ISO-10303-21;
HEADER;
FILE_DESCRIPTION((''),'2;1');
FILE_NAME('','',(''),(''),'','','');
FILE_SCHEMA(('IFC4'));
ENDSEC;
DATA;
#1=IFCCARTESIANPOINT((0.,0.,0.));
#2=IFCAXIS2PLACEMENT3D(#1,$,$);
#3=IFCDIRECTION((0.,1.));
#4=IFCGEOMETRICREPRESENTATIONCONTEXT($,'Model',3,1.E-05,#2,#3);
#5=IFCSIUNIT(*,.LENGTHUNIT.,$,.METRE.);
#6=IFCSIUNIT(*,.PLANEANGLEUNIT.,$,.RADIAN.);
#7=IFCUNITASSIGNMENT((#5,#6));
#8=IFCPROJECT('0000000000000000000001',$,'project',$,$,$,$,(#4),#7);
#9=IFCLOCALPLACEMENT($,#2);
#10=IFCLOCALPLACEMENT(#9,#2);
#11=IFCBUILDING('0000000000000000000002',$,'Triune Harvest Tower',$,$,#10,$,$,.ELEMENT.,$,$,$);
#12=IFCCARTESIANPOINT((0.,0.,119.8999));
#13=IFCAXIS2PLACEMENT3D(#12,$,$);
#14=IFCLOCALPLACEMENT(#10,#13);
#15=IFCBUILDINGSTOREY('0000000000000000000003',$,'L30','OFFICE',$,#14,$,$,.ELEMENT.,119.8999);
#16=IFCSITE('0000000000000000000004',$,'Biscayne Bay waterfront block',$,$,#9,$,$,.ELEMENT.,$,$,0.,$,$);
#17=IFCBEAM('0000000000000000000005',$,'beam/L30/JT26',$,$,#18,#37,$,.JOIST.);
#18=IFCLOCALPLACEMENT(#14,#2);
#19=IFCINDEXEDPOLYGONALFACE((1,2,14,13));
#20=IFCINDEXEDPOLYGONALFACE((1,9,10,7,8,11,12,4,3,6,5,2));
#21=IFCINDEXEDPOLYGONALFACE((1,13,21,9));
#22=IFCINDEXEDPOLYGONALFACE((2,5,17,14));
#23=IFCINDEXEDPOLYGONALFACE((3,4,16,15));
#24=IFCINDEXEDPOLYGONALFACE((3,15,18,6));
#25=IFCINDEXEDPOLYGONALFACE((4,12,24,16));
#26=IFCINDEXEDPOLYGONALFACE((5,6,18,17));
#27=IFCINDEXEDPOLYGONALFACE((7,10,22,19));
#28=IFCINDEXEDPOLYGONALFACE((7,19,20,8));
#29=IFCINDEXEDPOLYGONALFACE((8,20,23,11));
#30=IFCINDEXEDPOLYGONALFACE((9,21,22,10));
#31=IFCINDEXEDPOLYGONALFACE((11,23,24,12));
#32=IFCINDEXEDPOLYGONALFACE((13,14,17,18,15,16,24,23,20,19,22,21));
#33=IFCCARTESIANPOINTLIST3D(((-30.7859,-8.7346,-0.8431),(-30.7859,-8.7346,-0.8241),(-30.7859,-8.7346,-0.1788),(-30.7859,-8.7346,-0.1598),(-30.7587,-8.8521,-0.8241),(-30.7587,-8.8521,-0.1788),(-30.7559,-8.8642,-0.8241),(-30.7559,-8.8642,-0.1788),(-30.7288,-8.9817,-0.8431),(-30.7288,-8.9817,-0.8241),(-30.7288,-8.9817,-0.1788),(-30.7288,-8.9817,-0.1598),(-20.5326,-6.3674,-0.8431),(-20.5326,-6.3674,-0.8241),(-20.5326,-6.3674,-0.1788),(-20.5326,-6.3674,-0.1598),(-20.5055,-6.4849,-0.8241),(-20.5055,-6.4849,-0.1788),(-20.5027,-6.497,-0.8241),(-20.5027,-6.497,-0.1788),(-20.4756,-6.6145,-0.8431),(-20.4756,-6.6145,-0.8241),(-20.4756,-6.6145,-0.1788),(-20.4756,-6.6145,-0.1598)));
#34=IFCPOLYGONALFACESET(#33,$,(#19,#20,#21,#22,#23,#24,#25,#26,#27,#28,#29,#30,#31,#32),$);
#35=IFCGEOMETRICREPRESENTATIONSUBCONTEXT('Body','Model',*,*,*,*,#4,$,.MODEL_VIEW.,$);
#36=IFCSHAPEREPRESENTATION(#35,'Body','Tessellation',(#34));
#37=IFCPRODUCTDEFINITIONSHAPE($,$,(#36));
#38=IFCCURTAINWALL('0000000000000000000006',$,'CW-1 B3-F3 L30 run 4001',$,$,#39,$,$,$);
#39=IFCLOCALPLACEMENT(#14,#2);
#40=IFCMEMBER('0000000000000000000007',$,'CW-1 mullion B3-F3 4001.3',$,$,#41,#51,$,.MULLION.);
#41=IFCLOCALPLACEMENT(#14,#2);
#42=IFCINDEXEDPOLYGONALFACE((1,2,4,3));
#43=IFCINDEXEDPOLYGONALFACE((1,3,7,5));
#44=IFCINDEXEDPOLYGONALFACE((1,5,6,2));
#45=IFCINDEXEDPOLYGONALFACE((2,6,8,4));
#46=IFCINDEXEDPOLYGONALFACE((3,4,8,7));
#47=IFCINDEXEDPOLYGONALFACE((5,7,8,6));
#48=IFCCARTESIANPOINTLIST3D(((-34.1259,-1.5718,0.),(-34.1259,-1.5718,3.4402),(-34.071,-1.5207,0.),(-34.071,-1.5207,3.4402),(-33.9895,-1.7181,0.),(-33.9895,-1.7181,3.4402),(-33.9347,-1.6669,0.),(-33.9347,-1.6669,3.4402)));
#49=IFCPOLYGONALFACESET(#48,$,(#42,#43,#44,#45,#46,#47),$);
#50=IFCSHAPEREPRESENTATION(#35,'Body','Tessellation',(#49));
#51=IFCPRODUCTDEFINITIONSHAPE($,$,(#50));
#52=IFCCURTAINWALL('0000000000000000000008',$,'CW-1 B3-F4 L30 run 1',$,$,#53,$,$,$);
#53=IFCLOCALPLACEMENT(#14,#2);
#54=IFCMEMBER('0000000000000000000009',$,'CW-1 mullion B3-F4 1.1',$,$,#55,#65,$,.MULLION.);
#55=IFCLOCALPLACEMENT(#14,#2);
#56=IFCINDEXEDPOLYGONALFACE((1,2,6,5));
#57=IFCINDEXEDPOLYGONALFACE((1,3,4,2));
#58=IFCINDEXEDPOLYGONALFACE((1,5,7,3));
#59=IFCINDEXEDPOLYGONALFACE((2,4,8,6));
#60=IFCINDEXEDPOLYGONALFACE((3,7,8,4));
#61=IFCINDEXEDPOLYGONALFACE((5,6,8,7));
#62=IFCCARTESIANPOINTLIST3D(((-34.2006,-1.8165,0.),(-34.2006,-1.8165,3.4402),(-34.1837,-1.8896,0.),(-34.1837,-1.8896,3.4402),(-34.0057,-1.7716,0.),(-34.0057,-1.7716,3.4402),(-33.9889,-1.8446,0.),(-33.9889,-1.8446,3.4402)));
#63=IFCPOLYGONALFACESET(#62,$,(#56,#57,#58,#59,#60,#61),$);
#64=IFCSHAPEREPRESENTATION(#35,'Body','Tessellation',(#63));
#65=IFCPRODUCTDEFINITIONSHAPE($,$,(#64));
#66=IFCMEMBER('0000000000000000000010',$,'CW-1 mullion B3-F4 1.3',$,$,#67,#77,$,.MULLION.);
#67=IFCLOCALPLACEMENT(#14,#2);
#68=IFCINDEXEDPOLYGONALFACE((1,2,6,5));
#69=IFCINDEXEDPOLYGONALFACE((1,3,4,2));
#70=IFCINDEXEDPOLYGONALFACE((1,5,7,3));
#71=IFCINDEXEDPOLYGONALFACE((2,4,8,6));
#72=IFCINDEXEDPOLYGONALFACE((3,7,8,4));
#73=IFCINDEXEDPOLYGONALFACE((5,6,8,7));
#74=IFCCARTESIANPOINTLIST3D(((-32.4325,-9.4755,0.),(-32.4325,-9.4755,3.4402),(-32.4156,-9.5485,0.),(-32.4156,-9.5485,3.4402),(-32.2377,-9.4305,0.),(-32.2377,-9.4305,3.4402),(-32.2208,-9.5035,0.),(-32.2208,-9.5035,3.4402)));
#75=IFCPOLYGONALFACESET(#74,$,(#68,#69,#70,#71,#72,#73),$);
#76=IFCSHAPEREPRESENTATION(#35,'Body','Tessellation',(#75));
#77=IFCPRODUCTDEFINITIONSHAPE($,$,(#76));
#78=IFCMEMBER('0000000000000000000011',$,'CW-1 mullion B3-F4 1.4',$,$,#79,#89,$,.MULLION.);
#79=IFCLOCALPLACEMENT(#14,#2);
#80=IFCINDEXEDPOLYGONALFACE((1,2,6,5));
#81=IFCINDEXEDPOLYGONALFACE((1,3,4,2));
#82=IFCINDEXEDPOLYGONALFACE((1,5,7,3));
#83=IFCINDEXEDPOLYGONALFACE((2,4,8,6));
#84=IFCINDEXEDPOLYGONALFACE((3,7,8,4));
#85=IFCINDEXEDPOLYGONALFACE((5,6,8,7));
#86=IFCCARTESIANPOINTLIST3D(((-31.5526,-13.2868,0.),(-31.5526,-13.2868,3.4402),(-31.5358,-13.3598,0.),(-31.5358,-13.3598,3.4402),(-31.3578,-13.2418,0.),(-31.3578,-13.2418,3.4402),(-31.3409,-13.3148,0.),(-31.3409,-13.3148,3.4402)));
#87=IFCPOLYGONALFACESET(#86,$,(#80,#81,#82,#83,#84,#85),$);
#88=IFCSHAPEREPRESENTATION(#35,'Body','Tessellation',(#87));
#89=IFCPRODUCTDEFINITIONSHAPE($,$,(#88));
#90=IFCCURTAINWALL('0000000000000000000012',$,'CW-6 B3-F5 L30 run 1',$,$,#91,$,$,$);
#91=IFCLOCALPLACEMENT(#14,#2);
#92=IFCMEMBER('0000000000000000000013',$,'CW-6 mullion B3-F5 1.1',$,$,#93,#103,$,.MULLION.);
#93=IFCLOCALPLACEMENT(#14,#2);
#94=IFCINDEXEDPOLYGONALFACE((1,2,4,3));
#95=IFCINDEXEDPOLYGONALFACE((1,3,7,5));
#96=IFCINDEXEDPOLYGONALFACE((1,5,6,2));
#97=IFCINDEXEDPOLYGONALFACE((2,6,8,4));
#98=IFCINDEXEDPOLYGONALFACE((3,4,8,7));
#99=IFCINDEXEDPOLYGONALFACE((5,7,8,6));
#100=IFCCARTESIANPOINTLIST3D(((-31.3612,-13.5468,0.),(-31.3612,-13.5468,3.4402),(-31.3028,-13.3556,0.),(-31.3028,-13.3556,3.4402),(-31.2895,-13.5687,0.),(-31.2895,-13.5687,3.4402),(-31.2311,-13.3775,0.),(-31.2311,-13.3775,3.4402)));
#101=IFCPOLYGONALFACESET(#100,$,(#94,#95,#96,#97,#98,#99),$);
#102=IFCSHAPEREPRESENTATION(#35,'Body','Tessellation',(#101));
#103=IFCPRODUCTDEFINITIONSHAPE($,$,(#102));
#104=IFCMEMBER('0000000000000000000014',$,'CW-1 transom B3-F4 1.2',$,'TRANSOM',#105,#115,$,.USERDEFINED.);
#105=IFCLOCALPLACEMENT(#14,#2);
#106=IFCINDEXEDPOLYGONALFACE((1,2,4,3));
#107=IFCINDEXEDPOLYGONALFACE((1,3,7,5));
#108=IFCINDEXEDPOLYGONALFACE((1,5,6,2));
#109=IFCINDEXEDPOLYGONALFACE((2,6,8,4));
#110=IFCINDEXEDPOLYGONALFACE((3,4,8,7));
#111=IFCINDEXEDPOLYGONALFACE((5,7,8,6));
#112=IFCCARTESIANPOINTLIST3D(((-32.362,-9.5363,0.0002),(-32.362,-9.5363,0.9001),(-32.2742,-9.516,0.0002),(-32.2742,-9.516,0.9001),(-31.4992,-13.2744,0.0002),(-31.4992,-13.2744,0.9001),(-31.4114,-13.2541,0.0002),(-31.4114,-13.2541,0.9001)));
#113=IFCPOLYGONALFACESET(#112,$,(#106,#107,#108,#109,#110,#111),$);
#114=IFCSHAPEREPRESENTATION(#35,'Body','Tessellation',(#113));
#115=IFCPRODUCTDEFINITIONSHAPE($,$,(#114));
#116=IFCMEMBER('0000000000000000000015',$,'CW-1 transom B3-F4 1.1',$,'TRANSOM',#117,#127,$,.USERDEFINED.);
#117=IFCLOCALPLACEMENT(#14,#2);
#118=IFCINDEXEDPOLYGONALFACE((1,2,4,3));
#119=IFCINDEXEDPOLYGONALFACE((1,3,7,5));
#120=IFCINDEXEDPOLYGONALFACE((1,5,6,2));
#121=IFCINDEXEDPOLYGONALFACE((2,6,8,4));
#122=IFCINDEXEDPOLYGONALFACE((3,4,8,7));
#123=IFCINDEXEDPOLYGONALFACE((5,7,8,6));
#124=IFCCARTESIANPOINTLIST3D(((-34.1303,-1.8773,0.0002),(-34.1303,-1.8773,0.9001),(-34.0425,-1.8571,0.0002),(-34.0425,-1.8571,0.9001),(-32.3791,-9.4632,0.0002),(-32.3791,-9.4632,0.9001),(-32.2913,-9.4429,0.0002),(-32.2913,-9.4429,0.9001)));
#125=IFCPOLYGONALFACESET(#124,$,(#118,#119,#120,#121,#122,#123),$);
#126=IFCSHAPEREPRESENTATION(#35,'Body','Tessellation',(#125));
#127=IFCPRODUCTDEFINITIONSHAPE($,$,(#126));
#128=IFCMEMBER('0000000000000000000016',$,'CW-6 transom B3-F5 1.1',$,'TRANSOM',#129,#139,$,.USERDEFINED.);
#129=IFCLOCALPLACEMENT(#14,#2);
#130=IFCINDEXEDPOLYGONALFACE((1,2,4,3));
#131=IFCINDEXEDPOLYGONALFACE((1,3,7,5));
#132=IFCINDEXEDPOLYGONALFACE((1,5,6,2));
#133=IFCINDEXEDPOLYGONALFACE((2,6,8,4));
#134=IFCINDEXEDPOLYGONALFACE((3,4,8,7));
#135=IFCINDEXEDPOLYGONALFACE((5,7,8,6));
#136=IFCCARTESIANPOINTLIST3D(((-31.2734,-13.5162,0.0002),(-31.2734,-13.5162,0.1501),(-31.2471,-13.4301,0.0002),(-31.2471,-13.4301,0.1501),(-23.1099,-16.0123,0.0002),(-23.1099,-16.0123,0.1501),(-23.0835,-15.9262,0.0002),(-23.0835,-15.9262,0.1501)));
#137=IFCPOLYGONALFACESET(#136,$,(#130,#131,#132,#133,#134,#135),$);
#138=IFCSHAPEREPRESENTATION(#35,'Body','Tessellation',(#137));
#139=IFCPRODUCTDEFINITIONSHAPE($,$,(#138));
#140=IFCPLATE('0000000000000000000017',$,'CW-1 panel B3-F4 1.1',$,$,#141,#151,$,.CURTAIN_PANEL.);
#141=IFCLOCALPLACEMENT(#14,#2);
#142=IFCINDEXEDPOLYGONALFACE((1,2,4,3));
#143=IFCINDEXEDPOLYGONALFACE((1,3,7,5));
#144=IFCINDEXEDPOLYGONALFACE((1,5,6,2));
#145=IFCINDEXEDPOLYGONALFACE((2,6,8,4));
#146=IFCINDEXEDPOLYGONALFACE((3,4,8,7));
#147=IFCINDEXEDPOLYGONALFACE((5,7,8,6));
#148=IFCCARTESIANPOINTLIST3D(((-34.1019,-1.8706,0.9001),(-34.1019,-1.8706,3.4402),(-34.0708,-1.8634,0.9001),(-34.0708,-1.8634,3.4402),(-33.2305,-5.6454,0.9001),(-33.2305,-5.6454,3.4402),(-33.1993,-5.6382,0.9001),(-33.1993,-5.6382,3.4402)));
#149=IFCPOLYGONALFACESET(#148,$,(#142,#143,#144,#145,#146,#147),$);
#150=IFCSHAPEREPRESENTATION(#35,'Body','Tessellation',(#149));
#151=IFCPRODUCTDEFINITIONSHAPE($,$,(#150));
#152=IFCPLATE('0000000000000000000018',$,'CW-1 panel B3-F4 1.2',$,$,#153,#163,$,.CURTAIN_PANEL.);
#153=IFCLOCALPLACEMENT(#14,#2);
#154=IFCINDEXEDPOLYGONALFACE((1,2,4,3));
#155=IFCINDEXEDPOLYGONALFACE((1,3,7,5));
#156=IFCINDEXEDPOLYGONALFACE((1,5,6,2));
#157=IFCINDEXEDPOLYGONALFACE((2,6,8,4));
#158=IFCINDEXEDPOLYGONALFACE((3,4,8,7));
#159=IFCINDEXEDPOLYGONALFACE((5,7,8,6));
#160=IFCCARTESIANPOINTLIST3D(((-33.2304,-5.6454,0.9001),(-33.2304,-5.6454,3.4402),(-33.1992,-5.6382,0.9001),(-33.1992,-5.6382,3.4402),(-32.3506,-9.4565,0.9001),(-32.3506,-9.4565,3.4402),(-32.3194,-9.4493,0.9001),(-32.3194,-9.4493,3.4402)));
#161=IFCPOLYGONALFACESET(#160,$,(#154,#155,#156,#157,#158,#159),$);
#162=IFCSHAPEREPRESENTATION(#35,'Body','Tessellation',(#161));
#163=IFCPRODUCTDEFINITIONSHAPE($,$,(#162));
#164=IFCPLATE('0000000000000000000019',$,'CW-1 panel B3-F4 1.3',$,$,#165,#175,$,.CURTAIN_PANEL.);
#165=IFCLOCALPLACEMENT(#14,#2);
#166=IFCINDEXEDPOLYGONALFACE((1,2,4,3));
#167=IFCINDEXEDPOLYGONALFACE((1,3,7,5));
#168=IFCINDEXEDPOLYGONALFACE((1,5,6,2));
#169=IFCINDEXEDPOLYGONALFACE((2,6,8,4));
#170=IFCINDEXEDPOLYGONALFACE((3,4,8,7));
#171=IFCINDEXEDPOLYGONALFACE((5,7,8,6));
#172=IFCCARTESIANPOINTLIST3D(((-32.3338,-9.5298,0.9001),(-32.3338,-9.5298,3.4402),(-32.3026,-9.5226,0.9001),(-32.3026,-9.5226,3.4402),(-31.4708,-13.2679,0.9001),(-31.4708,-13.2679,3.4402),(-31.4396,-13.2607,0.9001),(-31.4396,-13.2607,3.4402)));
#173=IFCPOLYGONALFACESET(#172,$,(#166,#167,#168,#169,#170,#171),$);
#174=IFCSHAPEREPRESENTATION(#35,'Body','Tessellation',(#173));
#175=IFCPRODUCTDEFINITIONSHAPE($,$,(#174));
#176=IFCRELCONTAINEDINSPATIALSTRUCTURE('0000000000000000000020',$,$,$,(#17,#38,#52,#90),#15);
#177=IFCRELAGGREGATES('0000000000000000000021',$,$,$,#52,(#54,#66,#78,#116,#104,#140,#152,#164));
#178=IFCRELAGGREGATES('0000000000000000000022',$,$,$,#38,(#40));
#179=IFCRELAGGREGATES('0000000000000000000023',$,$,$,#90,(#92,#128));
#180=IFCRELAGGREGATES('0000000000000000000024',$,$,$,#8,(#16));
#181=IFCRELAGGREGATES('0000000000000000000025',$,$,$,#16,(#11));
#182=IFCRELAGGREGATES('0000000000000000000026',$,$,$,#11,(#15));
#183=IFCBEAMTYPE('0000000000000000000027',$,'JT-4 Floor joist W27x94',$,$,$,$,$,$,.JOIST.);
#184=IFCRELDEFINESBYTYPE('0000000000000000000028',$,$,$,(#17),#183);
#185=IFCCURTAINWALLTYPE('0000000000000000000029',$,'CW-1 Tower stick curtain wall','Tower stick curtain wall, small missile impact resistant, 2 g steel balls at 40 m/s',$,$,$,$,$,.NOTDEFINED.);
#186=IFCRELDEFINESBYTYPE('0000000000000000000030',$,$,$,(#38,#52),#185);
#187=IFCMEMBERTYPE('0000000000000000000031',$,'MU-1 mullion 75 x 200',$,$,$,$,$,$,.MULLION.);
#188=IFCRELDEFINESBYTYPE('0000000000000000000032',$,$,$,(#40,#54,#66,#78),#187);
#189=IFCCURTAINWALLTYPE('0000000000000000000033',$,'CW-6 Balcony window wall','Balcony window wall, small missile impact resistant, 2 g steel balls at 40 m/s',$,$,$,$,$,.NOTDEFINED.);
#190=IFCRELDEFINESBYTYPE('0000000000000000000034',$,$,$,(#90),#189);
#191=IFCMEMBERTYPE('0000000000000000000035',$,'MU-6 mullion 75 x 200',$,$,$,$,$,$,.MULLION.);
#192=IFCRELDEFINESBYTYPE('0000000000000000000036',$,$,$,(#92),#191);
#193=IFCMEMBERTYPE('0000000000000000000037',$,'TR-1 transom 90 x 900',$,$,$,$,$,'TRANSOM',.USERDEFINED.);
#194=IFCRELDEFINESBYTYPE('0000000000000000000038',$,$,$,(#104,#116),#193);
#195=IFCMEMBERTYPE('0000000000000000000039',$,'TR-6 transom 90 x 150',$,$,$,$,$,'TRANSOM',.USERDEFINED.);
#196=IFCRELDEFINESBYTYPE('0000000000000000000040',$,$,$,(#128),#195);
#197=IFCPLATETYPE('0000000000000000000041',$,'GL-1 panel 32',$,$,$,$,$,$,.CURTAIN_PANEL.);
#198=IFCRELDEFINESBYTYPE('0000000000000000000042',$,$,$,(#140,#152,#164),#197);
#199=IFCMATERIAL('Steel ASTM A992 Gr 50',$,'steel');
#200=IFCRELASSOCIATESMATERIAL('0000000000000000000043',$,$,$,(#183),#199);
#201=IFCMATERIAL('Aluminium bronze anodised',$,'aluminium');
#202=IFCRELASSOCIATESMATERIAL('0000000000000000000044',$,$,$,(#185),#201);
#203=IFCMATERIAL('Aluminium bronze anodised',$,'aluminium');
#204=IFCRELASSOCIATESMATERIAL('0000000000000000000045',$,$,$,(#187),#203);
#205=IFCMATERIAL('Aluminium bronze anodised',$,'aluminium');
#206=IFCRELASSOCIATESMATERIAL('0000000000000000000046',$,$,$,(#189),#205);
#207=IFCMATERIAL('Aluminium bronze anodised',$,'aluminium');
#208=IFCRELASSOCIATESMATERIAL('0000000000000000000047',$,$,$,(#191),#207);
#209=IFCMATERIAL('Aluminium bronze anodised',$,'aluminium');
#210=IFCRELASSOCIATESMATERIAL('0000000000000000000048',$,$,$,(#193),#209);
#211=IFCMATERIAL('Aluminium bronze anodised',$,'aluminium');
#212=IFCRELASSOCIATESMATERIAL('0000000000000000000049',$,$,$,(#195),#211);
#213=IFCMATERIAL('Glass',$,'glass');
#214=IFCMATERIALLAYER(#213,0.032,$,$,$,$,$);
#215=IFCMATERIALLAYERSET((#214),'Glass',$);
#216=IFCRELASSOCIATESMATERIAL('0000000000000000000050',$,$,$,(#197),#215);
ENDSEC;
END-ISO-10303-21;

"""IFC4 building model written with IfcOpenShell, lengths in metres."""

from ifc_helpers import new_model, si_unit, direction, frame, origin, origin_2d, place, context, subcontext, project, spatial, rectangle, i_section, extrude, source, transform, mapped, material, layer, layer_set, material_profile, profile_set, type_object, element, aggregate, save


model = new_model("IFC4")

# Units and contexts
model_context = context("Model", 3, precision=1e-05, world=origin(), true_north=direction((0.0, 1.0)))
body_context = subcontext(model_context, "Body", "Model", "MODEL_VIEW")
ifc_project = project(units=[si_unit("LENGTHUNIT", "METRE"), si_unit("PLANEANGLEUNIT", "RADIAN")], contexts=[model_context])

# Site, building, storey
site_placement = place(None, origin())
site = spatial("IfcSite", under=ifc_project, at=site_placement, Name="Biscayne Bay waterfront block", CompositionType="ELEMENT", RefElevation=0.0)
building_placement = place(site_placement, origin())
building = spatial("IfcBuilding", under=site, at=building_placement, Name="Triune Harvest Tower", CompositionType="ELEMENT")
storey_placement = place(building_placement, frame((0.0, 0.0, 119.8999)))
storey = spatial("IfcBuildingStorey", under=building, at=storey_placement, Name="L30", Description="OFFICE", CompositionType="ELEMENT", Elevation=119.8999)

# Beam
ifc_material_1 = material(Name="Steel ASTM A992 Gr 50", Category="steel")
ifc_material_profile_1 = material_profile(ifc_material_1, i_section(OverallWidth=0.2537, OverallDepth=0.6833, WebThickness=0.0125, FlangeThickness=0.019, at=origin_2d()), Name="W27x94")
ifc_profile_set_1 = profile_set([ifc_material_profile_1], Name="Steel ASTM A992 Gr 50")
beam_type_1 = type_object("IfcBeamType", Name="JT-4 Floor joist W27x94", PredefinedType="JOIST", material=ifc_profile_set_1)
shared_shape_1 = source(origin(), body_context, "Body", "SweptSolid", [
    extrude(i_section(OverallWidth=0.2537, OverallDepth=0.6833, WebThickness=0.0125, FlangeThickness=0.019, at=origin_2d()), origin(), (0.0, 0.0, 1.0), 10.5229),
])
beam_1_placement = place(storey_placement, frame((-30.7573, -8.8582, -0.5015), z_axis=(0.974369, 0.224956, 0.0), x_axis=(-0.224956, 0.974369, 0.0)))
element("IfcBeam", 1, at=beam_1_placement, inside=storey, type_object=beam_type_1, Name="beam/L30/JT26", PredefinedType="JOIST", context=body_context, shape_type="MappedRepresentation", body=[
    mapped(shared_shape_1, transform((0.0, 0.0, 0.0), scale=1.0)),
])

# Curtain wall, member
ifc_material_2 = material(Name="Aluminium bronze anodised", Category="aluminium")
curtain_wall_type_1 = type_object("IfcCurtainWallType", Name="CW-1 Tower stick curtain wall", Description="Tower stick curtain wall, small missile impact resistant, 2 g steel balls at 40 m/s", PredefinedType="NOTDEFINED", material=ifc_material_2)
curtain_wall_1_placement = place(storey_placement, origin())
curtain_wall_1 = element("IfcCurtainWall", 2, at=curtain_wall_1_placement, inside=storey, type_object=curtain_wall_type_1, Name="CW-1 B3-F3 L30 run 4001")
ifc_material_3 = material(Name="Aluminium bronze anodised", Category="aluminium")
ifc_material_profile_2 = material_profile(ifc_material_3, rectangle(XDim=0.2, YDim=0.075, at=origin_2d()), Name="MU-1 mullion 75 x 200")
ifc_profile_set_2 = profile_set([ifc_material_profile_2], Name="Aluminium bronze anodised")
member_type_1 = type_object("IfcMemberType", Name="MU-1 mullion 75 x 200", PredefinedType="MULLION", material=ifc_profile_set_2)
shared_shape_2 = source(origin(), body_context, "Body", "SweptSolid", [
    extrude(rectangle(XDim=0.2, YDim=0.075, at=origin_2d()), origin(), (0.0, 0.0, 1.0), 3.4402),
])
member_1_placement = place(storey_placement, frame((-34.0303, -1.6194, 0.0), z_axis=(0.0, 0.0, 1.0), x_axis=(0.681998, -0.731354, 0.0)))
member_1 = element("IfcMember", 3, at=member_1_placement, type_object=member_type_1, Name="CW-1 mullion B3-F3 4001.3", PredefinedType="MULLION", context=body_context, shape_type="MappedRepresentation", body=[
    mapped(shared_shape_2, transform((0.0, 0.0, 0.0), scale=1.0)),
])

# Curtain wall, members
curtain_wall_2_placement = place(storey_placement, origin())
curtain_wall_2 = element("IfcCurtainWall", 4, at=curtain_wall_2_placement, inside=storey, type_object=curtain_wall_type_1, Name="CW-1 B3-F4 L30 run 1")
member_2_placement = place(storey_placement, frame((-34.0947, -1.8306, 0.0), z_axis=(0.0, 0.0, 1.0), x_axis=(0.974371, 0.224947, 0.0)))
member_2 = element("IfcMember", 5, at=member_2_placement, type_object=member_type_1, Name="CW-1 mullion B3-F4 1.1", PredefinedType="MULLION", context=body_context, shape_type="MappedRepresentation", body=[
    mapped(shared_shape_2, transform((0.0, 0.0, 0.0), scale=1.0)),
])
member_3_placement = place(storey_placement, frame((-32.3267, -9.4895, 0.0), z_axis=(0.0, 0.0, 1.0), x_axis=(0.974371, 0.224947, 0.0)))
member_3 = element("IfcMember", 6, at=member_3_placement, type_object=member_type_1, Name="CW-1 mullion B3-F4 1.3", PredefinedType="MULLION", context=body_context, shape_type="MappedRepresentation", body=[
    mapped(shared_shape_2, transform((0.0, 0.0, 0.0), scale=1.0)),
])
member_4_placement = place(storey_placement, frame((-31.4468, -13.3008, 0.0), z_axis=(0.0, 0.0, 1.0), x_axis=(0.974371, 0.224947, 0.0)))
member_4 = element("IfcMember", 7, at=member_4_placement, type_object=member_type_1, Name="CW-1 mullion B3-F4 1.4", PredefinedType="MULLION", context=body_context, shape_type="MappedRepresentation", body=[
    mapped(shared_shape_2, transform((0.0, 0.0, 0.0), scale=1.0)),
])

# Curtain wall, member
ifc_material_4 = material(Name="Aluminium bronze anodised", Category="aluminium")
curtain_wall_type_2 = type_object("IfcCurtainWallType", Name="CW-6 Balcony window wall", Description="Balcony window wall, small missile impact resistant, 2 g steel balls at 40 m/s", PredefinedType="NOTDEFINED", material=ifc_material_4)
curtain_wall_3_placement = place(storey_placement, origin())
curtain_wall_3 = element("IfcCurtainWall", 8, at=curtain_wall_3_placement, inside=storey, type_object=curtain_wall_type_2, Name="CW-6 B3-F5 L30 run 1")
ifc_material_5 = material(Name="Aluminium bronze anodised", Category="aluminium")
ifc_material_profile_3 = material_profile(ifc_material_5, rectangle(XDim=0.2, YDim=0.075, at=origin_2d()), Name="MU-6 mullion 75 x 200")
ifc_profile_set_3 = profile_set([ifc_material_profile_3], Name="Aluminium bronze anodised")
member_type_2 = type_object("IfcMemberType", Name="MU-6 mullion 75 x 200", PredefinedType="MULLION", material=ifc_profile_set_3)
shared_shape_3 = source(origin(), body_context, "Body", "SweptSolid", [
    extrude(rectangle(XDim=0.2, YDim=0.075, at=origin_2d()), origin(), (0.0, 0.0, 1.0), 3.4402),
])
member_5_placement = place(storey_placement, frame((-31.2961, -13.4622, 0.0), z_axis=(0.0, 0.0, 1.0), x_axis=(0.292376, 0.956303, 0.0)))
member_5 = element("IfcMember", 9, at=member_5_placement, type_object=member_type_2, Name="CW-6 mullion B3-F5 1.1", PredefinedType="MULLION", context=body_context, shape_type="MappedRepresentation", body=[
    mapped(shared_shape_3, transform((0.0, 0.0, 0.0), scale=1.0)),
])

# Members
ifc_material_6 = material(Name="Aluminium bronze anodised", Category="aluminium")
ifc_material_profile_4 = material_profile(ifc_material_6, rectangle(XDim=0.0901, YDim=0.8999, at=origin_2d()), Name="TR-1 transom 90 x 900")
ifc_profile_set_4 = profile_set([ifc_material_profile_4], Name="Aluminium bronze anodised")
member_type_3 = type_object("IfcMemberType", Name="TR-1 transom 90 x 900", ElementType="TRANSOM", PredefinedType="USERDEFINED", material=ifc_profile_set_4)
shared_shape_4 = source(origin(), body_context, "Body", "SweptSolid", [
    extrude(rectangle(XDim=0.0901, YDim=0.8999, at=origin_2d()), origin(), (0.0, 0.0, 1.0), 3.8364),
])
member_6_placement = place(storey_placement, frame((-32.3181, -9.5261, 0.4502), z_axis=(0.224901, -0.974382, 0.0), x_axis=(0.974382, 0.224901, 0.0)))
member_6 = element("IfcMember", 10, at=member_6_placement, type_object=member_type_3, Name="CW-1 transom B3-F4 1.2", ObjectType="TRANSOM", PredefinedType="USERDEFINED", context=body_context, shape_type="MappedRepresentation", body=[
    mapped(shared_shape_4, transform((0.0, 0.0, 0.0), scale=1.0)),
])
shared_shape_5 = source(origin(), body_context, "Body", "SweptSolid", [
    extrude(rectangle(XDim=0.0901, YDim=0.8999, at=origin_2d()), origin(), (0.0, 0.0, 1.0), 7.7854),
])
member_7_placement = place(storey_placement, frame((-34.0864, -1.8672, 0.4502), z_axis=(0.224935, -0.974374, 0.0), x_axis=(0.974374, 0.224935, 0.0)))
member_7 = element("IfcMember", 11, at=member_7_placement, type_object=member_type_3, Name="CW-1 transom B3-F4 1.1", ObjectType="TRANSOM", PredefinedType="USERDEFINED", context=body_context, shape_type="MappedRepresentation", body=[
    mapped(shared_shape_5, transform((0.0, 0.0, 0.0), scale=1.0)),
])
ifc_material_7 = material(Name="Aluminium bronze anodised", Category="aluminium")
ifc_material_profile_5 = material_profile(ifc_material_7, rectangle(XDim=0.0901, YDim=0.1499, at=origin_2d()), Name="TR-6 transom 90 x 150")
ifc_profile_set_5 = profile_set([ifc_material_profile_5], Name="Aluminium bronze anodised")
member_type_4 = type_object("IfcMemberType", Name="TR-6 transom 90 x 150", ElementType="TRANSOM", PredefinedType="USERDEFINED", material=ifc_profile_set_5)
shared_shape_6 = source(origin(), body_context, "Body", "SweptSolid", [
    extrude(rectangle(XDim=0.0901, YDim=0.1499, at=origin_2d()), origin(), (0.0, 0.0, 1.0), 8.5366),
])
member_8_placement = place(storey_placement, frame((-31.2603, -13.4731, 0.0752), z_axis=(0.956297, -0.292397, 0.0), x_axis=(0.292397, 0.956297, 0.0)))
member_8 = element("IfcMember", 12, at=member_8_placement, type_object=member_type_4, Name="CW-6 transom B3-F5 1.1", ObjectType="TRANSOM", PredefinedType="USERDEFINED", context=body_context, shape_type="MappedRepresentation", body=[
    mapped(shared_shape_6, transform((0.0, 0.0, 0.0), scale=1.0)),
])

# Plates
ifc_material_8 = material(Name="Glass", Category="glass")
ifc_layer_1 = layer(ifc_material_8, 0.032)
ifc_layer_set_1 = layer_set([ifc_layer_1], Name="Glass")
plate_type_1 = type_object("IfcPlateType", Name="GL-1 panel 32", PredefinedType="CURTAIN_PANEL", material=ifc_layer_set_1)
shared_shape_7 = source(origin(), body_context, "Body", "SweptSolid", [
    extrude(rectangle(XDim=3.874, YDim=0.032, at=origin_2d()), origin(), (0.0, 0.0, 1.0), 2.54),
])
plate_1_placement = place(storey_placement, frame((-33.6506, -3.7544, 0.9001), z_axis=(0.0, 0.0, 1.0), x_axis=(0.224947, -0.974371, 0.0)))
plate_1 = element("IfcPlate", 13, at=plate_1_placement, type_object=plate_type_1, Name="CW-1 panel B3-F4 1.1", PredefinedType="CURTAIN_PANEL", context=body_context, shape_type="MappedRepresentation", body=[
    mapped(shared_shape_7, transform((0.0, 0.0, 0.0), scale=1.0)),
])
shared_shape_8 = source(origin(), body_context, "Body", "SweptSolid", [
    extrude(rectangle(XDim=3.9114, YDim=0.032, at=origin_2d()), origin(), (0.0, 0.0, 1.0), 2.54),
])
plate_2_placement = place(storey_placement, frame((-32.7749, -7.5474, 0.9001), z_axis=(0.0, 0.0, 1.0), x_axis=(0.224947, -0.974371, 0.0)))
plate_2 = element("IfcPlate", 14, at=plate_2_placement, type_object=plate_type_1, Name="CW-1 panel B3-F4 1.2", PredefinedType="CURTAIN_PANEL", context=body_context, shape_type="MappedRepresentation", body=[
    mapped(shared_shape_8, transform((0.0, 0.0, 0.0), scale=1.0)),
])
shared_shape_9 = source(origin(), body_context, "Body", "SweptSolid", [
    extrude(rectangle(XDim=3.8364, YDim=0.032, at=origin_2d()), origin(), (0.0, 0.0, 1.0), 2.54),
])
plate_3_placement = place(storey_placement, frame((-31.8867, -11.3953, 0.9001), z_axis=(0.0, 0.0, 1.0), x_axis=(0.224947, -0.974371, 0.0)))
plate_3 = element("IfcPlate", 15, at=plate_3_placement, type_object=plate_type_1, Name="CW-1 panel B3-F4 1.3", PredefinedType="CURTAIN_PANEL", context=body_context, shape_type="MappedRepresentation", body=[
    mapped(shared_shape_9, transform((0.0, 0.0, 0.0), scale=1.0)),
])
aggregate(curtain_wall_2, [member_2, member_3, member_4, member_7, member_6, plate_1, plate_2, plate_3])
aggregate(curtain_wall_1, [member_1])
aggregate(curtain_wall_3, [member_5, member_8])

save(model, "model.ifc")
